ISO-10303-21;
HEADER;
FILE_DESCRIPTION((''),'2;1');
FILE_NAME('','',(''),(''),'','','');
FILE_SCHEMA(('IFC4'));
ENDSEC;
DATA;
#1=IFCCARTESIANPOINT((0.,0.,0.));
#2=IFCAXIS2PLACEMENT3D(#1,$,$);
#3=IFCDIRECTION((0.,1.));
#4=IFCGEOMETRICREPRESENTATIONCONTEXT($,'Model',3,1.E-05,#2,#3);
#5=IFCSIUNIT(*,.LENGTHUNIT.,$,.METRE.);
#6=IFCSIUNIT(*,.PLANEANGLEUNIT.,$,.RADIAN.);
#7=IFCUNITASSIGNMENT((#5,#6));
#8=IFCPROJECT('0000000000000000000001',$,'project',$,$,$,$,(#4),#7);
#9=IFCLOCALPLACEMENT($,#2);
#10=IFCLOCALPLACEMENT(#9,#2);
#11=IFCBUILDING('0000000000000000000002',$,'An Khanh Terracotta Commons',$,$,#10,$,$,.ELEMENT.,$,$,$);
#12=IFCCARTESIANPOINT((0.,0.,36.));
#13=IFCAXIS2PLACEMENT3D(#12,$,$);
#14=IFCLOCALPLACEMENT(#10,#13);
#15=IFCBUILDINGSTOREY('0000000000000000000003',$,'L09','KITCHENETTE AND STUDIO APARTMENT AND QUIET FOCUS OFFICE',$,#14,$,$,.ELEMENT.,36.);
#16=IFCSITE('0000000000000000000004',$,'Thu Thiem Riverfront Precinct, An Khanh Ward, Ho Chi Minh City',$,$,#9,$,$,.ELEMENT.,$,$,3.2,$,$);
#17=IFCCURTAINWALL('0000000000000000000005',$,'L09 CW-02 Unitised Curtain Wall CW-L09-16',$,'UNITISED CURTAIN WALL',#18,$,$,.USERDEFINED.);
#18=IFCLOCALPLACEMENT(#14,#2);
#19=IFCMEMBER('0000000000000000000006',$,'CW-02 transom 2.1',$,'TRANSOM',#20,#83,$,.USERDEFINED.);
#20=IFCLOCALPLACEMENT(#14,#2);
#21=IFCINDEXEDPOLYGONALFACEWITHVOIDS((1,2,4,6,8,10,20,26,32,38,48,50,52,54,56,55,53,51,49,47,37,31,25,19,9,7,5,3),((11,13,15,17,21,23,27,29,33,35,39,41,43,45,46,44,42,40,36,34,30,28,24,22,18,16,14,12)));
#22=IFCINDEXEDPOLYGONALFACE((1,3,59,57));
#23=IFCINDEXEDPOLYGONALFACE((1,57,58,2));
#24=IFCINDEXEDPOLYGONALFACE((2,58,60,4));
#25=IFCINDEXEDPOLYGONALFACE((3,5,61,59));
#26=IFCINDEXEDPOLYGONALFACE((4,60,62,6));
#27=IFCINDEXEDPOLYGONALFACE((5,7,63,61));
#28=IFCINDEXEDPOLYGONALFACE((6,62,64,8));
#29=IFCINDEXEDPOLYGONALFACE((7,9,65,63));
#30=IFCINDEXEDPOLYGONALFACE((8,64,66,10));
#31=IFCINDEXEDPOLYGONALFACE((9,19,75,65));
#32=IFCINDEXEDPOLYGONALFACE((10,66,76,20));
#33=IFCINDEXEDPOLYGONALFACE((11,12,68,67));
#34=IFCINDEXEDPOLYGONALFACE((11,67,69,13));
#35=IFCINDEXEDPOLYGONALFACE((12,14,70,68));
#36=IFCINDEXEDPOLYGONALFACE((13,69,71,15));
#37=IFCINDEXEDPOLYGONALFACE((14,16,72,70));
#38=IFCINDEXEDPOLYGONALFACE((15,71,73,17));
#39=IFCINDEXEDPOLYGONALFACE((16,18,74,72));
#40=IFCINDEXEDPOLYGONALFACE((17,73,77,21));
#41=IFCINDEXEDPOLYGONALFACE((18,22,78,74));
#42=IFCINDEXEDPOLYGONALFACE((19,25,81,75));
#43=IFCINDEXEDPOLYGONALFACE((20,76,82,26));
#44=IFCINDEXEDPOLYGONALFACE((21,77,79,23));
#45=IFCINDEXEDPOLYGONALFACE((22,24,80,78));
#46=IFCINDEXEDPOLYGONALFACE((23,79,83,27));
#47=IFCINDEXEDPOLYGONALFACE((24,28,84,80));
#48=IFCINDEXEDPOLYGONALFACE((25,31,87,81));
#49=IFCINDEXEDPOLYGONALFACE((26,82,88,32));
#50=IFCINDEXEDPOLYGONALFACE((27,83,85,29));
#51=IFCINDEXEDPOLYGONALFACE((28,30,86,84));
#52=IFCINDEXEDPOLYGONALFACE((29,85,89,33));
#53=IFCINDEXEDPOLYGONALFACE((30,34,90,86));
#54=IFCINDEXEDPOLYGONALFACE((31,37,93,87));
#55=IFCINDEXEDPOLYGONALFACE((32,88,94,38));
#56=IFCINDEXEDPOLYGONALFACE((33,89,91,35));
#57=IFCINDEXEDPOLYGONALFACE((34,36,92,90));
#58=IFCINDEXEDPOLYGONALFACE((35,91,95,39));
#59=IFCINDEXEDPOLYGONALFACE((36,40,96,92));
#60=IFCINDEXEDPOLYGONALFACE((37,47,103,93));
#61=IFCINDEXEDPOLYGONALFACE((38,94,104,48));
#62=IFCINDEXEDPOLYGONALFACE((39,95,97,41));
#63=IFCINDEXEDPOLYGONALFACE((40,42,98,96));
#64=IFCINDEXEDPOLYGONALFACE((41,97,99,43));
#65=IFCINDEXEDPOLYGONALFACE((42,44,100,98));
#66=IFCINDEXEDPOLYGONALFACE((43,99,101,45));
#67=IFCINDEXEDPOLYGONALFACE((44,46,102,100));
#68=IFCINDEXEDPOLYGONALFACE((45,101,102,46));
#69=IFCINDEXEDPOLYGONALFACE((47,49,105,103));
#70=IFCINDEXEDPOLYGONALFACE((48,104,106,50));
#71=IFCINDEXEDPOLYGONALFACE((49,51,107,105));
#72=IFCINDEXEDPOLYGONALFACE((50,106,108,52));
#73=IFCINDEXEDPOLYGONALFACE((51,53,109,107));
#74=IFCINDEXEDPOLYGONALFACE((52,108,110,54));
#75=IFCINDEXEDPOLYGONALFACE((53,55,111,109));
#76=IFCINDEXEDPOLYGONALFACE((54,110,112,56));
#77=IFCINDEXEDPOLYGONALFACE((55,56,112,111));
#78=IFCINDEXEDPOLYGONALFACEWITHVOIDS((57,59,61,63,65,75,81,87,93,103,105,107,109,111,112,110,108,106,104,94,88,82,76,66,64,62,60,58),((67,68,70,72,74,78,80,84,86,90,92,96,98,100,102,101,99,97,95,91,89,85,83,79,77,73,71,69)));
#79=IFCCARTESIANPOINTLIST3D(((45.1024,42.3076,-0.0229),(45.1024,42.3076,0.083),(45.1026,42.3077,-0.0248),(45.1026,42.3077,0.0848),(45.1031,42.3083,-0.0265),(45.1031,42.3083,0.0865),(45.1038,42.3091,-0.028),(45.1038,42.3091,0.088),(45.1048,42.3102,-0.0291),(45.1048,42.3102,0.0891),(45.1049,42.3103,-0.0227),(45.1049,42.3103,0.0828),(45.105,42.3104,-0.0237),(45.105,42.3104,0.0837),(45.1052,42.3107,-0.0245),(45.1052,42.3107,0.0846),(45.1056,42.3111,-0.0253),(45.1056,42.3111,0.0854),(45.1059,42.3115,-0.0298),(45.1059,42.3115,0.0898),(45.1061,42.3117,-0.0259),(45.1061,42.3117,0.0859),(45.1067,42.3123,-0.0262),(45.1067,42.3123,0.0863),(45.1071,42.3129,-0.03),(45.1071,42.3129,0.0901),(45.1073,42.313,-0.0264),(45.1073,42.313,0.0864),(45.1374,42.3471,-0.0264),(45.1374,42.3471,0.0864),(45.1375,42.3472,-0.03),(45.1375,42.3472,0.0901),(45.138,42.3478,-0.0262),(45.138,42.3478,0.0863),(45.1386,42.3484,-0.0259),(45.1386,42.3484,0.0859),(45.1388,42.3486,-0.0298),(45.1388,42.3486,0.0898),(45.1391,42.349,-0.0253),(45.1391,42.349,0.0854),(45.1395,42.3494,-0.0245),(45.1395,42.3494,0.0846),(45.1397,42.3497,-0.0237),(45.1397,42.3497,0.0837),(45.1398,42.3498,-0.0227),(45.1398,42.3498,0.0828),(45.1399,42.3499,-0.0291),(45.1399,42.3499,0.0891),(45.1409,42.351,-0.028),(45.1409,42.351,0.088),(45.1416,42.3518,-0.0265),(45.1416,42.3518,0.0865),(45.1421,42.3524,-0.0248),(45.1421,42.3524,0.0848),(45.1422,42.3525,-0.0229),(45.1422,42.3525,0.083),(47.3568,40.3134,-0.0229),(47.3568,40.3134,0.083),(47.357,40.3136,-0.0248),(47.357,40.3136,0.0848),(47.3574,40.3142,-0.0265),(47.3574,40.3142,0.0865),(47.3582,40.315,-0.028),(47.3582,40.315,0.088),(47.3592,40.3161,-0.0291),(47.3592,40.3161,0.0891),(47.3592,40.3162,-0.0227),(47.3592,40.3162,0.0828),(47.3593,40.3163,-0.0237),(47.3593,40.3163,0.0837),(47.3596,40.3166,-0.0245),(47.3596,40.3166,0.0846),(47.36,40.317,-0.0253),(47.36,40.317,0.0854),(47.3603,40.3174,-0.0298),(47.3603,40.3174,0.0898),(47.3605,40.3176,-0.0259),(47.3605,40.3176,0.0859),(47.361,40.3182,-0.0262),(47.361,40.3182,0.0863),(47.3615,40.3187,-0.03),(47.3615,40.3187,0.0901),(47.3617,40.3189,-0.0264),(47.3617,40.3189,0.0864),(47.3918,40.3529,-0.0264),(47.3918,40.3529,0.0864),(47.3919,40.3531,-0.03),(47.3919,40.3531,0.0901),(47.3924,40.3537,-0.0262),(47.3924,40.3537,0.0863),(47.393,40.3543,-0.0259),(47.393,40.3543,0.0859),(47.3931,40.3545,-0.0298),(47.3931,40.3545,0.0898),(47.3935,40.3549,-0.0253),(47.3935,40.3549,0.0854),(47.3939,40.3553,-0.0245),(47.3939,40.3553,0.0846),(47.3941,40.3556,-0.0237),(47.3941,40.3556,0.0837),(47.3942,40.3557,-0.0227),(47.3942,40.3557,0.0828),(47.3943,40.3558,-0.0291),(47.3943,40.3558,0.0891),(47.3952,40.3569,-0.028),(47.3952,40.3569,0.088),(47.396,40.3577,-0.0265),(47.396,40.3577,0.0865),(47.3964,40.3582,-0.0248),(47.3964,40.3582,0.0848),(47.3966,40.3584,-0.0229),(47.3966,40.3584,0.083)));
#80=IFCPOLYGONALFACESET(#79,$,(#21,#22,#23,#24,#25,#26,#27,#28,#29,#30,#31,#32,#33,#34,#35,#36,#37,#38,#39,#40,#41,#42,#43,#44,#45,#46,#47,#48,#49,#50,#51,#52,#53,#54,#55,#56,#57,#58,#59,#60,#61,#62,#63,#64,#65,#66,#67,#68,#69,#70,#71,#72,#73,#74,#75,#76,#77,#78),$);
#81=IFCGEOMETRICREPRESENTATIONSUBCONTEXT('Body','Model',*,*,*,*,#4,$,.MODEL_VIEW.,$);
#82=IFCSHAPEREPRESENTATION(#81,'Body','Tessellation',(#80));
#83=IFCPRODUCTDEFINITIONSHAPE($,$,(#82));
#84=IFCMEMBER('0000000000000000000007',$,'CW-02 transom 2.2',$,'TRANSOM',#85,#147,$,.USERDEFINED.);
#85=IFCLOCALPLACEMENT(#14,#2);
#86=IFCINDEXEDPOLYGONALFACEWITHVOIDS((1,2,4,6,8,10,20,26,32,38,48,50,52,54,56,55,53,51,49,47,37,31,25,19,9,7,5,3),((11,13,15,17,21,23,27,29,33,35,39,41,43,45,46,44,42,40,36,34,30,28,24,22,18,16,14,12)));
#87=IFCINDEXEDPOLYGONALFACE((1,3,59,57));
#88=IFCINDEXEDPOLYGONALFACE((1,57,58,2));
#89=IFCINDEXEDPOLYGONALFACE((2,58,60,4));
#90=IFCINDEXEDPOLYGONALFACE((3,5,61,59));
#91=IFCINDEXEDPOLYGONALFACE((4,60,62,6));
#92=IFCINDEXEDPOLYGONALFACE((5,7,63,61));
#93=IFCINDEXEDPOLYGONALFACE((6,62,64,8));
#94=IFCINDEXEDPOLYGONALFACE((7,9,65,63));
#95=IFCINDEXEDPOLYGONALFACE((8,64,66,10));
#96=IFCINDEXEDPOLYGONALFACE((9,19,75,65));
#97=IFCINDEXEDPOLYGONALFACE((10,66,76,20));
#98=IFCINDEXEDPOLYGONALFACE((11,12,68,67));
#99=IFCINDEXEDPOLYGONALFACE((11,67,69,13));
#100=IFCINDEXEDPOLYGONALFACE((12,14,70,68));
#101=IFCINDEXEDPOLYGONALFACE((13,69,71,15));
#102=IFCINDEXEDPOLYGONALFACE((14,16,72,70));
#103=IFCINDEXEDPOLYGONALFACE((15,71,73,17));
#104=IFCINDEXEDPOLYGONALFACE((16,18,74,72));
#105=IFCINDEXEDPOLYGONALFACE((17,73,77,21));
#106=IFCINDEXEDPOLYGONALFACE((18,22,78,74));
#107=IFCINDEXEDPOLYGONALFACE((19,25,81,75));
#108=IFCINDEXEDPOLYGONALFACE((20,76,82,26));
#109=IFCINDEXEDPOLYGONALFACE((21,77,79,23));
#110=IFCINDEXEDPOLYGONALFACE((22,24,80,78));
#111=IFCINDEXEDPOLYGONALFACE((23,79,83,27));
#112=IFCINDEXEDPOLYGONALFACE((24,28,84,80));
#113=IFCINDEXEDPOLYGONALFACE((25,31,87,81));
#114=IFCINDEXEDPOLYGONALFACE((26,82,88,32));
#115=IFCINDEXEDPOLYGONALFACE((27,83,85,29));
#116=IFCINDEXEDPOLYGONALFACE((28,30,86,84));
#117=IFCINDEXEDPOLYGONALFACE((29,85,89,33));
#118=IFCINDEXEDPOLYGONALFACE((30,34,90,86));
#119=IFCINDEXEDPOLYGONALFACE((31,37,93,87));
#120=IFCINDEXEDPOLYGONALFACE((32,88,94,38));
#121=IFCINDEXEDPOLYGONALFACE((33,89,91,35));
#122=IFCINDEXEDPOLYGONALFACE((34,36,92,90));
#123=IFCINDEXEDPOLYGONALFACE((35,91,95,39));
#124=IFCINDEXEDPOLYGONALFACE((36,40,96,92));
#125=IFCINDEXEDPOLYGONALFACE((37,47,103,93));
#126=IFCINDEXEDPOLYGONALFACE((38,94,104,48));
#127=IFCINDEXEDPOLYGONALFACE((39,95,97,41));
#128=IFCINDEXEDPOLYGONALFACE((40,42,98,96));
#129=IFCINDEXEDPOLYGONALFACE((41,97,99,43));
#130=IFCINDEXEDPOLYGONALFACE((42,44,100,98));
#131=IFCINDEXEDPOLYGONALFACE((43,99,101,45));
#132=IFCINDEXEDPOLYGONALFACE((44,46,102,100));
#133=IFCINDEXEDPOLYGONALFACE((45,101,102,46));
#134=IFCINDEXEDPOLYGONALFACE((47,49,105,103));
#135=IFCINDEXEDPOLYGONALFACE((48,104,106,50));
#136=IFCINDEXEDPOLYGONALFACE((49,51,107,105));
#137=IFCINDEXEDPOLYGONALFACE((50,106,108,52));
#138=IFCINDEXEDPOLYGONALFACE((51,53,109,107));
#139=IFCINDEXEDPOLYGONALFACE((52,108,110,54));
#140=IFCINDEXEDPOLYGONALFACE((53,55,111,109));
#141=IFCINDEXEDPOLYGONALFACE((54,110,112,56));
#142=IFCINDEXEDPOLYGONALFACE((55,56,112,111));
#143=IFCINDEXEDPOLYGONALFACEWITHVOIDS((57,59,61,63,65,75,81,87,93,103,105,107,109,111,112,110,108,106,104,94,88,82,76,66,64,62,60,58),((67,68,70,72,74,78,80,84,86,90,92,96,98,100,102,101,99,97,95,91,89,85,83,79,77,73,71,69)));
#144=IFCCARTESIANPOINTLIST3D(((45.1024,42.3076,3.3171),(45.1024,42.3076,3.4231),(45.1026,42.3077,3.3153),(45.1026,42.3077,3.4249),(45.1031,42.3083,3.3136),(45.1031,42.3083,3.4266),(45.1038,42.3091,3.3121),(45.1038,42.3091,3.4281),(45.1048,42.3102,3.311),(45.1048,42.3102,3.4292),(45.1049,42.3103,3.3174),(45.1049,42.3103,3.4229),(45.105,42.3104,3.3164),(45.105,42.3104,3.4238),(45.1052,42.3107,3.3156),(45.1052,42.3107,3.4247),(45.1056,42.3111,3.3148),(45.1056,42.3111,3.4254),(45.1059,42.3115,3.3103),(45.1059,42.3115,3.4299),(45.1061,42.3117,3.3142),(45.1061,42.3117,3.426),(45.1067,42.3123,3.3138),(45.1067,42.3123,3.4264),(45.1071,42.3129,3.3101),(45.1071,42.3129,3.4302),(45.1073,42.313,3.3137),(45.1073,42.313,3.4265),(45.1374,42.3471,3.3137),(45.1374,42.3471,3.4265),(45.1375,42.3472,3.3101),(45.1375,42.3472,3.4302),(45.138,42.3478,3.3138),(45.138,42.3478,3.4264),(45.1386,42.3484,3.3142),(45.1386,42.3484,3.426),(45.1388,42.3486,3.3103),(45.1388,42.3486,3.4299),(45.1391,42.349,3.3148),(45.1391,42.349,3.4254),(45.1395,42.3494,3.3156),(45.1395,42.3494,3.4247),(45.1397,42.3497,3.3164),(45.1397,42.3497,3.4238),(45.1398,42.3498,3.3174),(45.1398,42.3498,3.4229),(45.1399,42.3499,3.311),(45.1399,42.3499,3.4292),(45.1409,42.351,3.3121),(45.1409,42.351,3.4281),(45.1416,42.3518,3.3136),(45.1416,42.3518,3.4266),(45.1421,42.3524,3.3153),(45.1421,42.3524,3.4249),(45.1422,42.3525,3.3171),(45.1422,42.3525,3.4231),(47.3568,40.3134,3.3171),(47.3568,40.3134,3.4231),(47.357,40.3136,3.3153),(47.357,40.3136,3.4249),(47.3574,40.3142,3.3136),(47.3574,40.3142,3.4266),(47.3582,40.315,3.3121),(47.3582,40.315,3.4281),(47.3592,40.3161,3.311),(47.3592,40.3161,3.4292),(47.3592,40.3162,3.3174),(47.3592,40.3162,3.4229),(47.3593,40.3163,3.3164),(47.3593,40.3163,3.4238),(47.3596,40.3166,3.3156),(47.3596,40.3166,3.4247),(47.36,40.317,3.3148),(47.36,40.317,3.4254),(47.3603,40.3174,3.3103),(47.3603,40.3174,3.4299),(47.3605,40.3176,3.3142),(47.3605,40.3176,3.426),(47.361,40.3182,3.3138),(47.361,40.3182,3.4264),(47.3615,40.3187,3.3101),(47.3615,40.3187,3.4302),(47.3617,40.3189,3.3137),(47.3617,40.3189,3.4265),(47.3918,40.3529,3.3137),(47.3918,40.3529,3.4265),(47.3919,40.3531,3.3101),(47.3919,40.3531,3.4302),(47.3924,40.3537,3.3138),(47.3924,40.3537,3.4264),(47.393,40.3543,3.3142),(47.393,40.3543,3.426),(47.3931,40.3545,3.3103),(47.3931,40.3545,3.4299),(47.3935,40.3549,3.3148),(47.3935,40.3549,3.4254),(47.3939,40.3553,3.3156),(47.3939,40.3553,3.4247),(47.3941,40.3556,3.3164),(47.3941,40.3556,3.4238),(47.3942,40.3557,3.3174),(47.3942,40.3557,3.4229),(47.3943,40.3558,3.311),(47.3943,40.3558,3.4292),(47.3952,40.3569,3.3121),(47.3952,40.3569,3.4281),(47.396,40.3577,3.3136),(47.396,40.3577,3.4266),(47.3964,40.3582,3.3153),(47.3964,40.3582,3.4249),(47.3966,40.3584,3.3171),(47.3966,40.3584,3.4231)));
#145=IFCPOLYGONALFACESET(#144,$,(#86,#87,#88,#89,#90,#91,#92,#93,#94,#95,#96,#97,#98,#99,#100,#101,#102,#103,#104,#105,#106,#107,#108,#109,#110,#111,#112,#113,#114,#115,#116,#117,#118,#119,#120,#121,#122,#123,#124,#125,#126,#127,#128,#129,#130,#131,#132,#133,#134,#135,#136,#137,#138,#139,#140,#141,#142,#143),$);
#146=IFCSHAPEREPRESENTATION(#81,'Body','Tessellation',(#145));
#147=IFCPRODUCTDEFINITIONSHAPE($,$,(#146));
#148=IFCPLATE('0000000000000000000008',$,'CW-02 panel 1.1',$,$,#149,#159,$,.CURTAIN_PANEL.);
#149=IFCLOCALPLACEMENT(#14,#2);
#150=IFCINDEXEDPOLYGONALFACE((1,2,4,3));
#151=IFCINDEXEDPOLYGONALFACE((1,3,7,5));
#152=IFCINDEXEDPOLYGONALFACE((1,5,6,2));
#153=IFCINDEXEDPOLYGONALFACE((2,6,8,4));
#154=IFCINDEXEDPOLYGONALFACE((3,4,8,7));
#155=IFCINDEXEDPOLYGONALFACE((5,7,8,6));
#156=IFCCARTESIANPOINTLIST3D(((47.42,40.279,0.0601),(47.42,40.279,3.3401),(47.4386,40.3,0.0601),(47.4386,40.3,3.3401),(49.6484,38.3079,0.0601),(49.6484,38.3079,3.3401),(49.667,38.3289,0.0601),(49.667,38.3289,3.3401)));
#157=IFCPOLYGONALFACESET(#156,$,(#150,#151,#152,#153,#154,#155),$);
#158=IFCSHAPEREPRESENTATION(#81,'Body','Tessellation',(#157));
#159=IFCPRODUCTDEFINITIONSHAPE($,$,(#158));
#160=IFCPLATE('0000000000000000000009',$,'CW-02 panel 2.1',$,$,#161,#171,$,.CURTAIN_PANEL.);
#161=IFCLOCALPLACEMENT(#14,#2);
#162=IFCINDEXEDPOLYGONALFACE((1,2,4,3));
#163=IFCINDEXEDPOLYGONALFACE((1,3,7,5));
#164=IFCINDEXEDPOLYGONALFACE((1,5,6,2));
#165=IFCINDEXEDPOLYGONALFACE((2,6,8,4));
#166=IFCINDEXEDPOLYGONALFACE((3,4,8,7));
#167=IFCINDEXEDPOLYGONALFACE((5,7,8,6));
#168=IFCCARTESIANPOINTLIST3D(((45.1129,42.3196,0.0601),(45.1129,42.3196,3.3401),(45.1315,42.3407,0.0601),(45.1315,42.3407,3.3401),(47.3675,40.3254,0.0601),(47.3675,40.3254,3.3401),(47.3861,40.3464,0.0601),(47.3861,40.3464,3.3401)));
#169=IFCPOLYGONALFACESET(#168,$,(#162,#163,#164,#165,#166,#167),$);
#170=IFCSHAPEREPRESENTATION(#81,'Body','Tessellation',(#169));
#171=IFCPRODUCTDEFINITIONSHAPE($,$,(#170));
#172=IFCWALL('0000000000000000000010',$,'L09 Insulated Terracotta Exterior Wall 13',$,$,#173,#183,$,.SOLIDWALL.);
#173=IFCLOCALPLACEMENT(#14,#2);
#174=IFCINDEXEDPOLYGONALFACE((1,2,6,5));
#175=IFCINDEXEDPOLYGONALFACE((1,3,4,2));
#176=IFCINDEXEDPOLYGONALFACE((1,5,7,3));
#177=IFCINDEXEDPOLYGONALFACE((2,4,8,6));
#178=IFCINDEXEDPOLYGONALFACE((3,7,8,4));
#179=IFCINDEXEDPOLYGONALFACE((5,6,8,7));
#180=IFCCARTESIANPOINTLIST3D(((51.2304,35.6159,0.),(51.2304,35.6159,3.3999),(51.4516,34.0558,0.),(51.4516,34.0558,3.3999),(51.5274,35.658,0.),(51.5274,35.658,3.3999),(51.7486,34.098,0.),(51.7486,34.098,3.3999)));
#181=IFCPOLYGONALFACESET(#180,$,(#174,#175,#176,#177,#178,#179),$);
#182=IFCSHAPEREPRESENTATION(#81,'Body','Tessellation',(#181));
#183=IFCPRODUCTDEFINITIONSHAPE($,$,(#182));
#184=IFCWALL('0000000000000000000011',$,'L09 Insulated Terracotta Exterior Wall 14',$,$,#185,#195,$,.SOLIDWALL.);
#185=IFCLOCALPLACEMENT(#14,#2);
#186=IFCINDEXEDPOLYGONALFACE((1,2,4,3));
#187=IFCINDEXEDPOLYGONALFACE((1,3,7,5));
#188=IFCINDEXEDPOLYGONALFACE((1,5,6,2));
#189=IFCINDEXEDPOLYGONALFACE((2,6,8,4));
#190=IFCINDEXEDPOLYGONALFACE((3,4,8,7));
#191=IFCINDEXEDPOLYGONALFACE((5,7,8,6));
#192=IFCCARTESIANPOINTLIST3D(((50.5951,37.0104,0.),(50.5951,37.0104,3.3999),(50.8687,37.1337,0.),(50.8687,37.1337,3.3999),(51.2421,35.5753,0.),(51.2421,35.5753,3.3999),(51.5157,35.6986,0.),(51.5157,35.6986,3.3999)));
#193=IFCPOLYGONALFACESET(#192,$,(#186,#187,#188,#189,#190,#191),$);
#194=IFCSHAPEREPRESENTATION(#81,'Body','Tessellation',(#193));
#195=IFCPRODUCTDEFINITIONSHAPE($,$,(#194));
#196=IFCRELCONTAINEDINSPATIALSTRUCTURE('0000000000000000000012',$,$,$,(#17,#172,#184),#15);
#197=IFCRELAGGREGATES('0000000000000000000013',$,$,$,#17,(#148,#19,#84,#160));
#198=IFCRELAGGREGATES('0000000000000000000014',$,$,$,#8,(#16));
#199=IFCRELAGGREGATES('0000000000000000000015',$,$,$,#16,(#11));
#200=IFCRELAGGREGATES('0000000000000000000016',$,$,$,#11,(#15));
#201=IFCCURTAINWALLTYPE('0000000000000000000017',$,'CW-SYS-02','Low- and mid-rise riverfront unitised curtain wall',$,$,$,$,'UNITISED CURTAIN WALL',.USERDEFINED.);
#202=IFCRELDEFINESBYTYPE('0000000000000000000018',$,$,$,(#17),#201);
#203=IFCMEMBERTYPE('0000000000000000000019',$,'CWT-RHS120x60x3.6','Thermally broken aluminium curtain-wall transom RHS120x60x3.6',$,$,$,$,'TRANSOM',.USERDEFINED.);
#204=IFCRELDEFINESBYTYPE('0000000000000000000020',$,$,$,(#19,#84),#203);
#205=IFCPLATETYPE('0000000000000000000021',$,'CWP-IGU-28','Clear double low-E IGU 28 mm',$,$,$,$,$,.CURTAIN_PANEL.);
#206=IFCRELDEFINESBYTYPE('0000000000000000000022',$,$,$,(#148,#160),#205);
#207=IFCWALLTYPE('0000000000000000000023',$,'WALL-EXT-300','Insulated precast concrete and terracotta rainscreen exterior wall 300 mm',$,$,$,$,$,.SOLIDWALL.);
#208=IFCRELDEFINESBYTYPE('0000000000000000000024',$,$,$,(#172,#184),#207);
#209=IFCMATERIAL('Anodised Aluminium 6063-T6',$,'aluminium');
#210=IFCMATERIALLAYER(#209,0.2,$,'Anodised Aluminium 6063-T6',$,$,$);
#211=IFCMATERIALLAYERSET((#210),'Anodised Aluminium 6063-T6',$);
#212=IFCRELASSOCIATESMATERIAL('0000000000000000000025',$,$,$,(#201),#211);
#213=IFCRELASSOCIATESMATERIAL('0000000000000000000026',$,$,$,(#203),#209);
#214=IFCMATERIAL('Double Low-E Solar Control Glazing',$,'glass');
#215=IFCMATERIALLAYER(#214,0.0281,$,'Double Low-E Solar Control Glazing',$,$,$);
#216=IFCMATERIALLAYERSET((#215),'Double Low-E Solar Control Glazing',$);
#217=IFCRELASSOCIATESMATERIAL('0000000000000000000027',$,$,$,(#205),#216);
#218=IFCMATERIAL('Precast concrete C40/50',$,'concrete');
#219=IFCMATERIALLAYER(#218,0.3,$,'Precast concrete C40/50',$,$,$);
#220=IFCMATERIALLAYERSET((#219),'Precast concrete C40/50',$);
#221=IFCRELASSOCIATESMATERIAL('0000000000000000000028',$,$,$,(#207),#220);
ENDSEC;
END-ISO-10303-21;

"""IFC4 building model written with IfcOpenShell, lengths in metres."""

from ifc_helpers import new_model, si_unit, direction, frame, frame_2d, origin, origin_2d, place, context, subcontext, project, spatial, rectangle, hollow_rectangle, extrude, material, layer, layer_set, material_profile, profile_set, type_object, element, aggregate, save


model = new_model("IFC4")

# Units and contexts
model_context = context("Model", 3, precision=1e-05, world=origin(), true_north=direction((0.0, 1.0)))
body_context = subcontext(model_context, "Body", "Model", "MODEL_VIEW")
ifc_project = project(units=[si_unit("LENGTHUNIT", "METRE"), si_unit("PLANEANGLEUNIT", "RADIAN")], contexts=[model_context])

# Site, building, storey
site_placement = place(None, origin())
site = spatial("IfcSite", under=ifc_project, at=site_placement, Name="Thu Thiem Riverfront Precinct, An Khanh Ward, Ho Chi Minh City", CompositionType="ELEMENT", RefElevation=3.2)
building_placement = place(site_placement, origin())
building = spatial("IfcBuilding", under=site, at=building_placement, Name="An Khanh Terracotta Commons", CompositionType="ELEMENT")
storey_placement = place(building_placement, frame((0.0, 0.0, 36.0)))
storey = spatial("IfcBuildingStorey", under=building, at=storey_placement, Name="L09", Description="KITCHENETTE AND STUDIO APARTMENT AND QUIET FOCUS OFFICE", CompositionType="ELEMENT", Elevation=36.0)

# Curtain wall, members, plates
ifc_material_1 = material(Name="Anodised Aluminium 6063-T6", Category="aluminium")
ifc_layer_1 = layer(ifc_material_1, 0.2, Name="Anodised Aluminium 6063-T6")
ifc_layer_set_1 = layer_set([ifc_layer_1], Name="Anodised Aluminium 6063-T6")
curtain_wall_type = type_object("IfcCurtainWallType", Name="CW-SYS-02", Description="Low- and mid-rise riverfront unitised curtain wall", ElementType="UNITISED CURTAIN WALL", PredefinedType="USERDEFINED", material=ifc_layer_set_1)
curtain_wall_placement = place(storey_placement, origin())
curtain_wall = element("IfcCurtainWall", 1, at=curtain_wall_placement, inside=storey, type_object=curtain_wall_type, Name="L09 CW-02 Unitised Curtain Wall CW-L09-16", ObjectType="UNITISED CURTAIN WALL", PredefinedType="USERDEFINED")
ifc_material_profile_1 = material_profile(ifc_material_1, hollow_rectangle(XDim=0.0601, YDim=0.1201, WallThickness=0.0037, InnerFilletRadius=0.0037, OuterFilletRadius=0.0071, at=origin_2d()), Name="RHS120x60x3.6")
ifc_profile_set_1 = profile_set([ifc_material_profile_1], Name="Anodised Aluminium 6063-T6")
member_type_1 = type_object("IfcMemberType", Name="CWT-RHS120x60x3.6", Description="Thermally broken aluminium curtain-wall transom RHS120x60x3.6", ElementType="TRANSOM", PredefinedType="USERDEFINED", material=ifc_profile_set_1)
member_1_placement = place(storey_placement, frame((47.3767, 40.3359, 0.03), z_axis=(-0.749018, 0.662549, 0.0), x_axis=(-0.662549, -0.749018, 0.0)))
member_1 = element("IfcMember", 2, at=member_1_placement, type_object=member_type_1, Name="CW-02 transom 2.1", ObjectType="TRANSOM", PredefinedType="USERDEFINED", context=body_context, shape_type="SweptSolid", body=[
    extrude(hollow_rectangle(XDim=0.0601, YDim=0.1201, WallThickness=0.0037, InnerFilletRadius=0.0037, OuterFilletRadius=0.0071, at=origin_2d()), origin(), (0.0, 0.0, 1.0), 3.0098),
])
member_2_placement = place(storey_placement, frame((47.3767, 40.3359, 3.3701), z_axis=(-0.749018, 0.662549, 0.0), x_axis=(-0.662549, -0.749018, 0.0)))
member_2 = element("IfcMember", 3, at=member_2_placement, type_object=member_type_1, Name="CW-02 transom 2.2", ObjectType="TRANSOM", PredefinedType="USERDEFINED", context=body_context, shape_type="SweptSolid", body=[
    extrude(hollow_rectangle(XDim=0.0601, YDim=0.1201, WallThickness=0.0037, InnerFilletRadius=0.0037, OuterFilletRadius=0.0071, at=origin_2d()), origin(), (0.0, 0.0, 1.0), 3.0098),
])
ifc_material_2 = material(Name="Double Low-E Solar Control Glazing", Category="glass")
ifc_layer_2 = layer(ifc_material_2, 0.0281, Name="Double Low-E Solar Control Glazing")
ifc_layer_set_2 = layer_set([ifc_layer_2], Name="Double Low-E Solar Control Glazing")
plate_type = type_object("IfcPlateType", Name="CWP-IGU-28", Description="Clear double low-E IGU 28 mm", PredefinedType="CURTAIN_PANEL", material=ifc_layer_set_2)
plate_1_placement = place(storey_placement, frame((48.5435, 39.304, 0.0601), z_axis=(0.0, 0.0, 1.0), x_axis=(-0.749019, 0.662548, 0.0)))
plate_1 = element("IfcPlate", 4, at=plate_1_placement, type_object=plate_type, Name="CW-02 panel 1.1", PredefinedType="CURTAIN_PANEL", context=body_context, shape_type="SweptSolid", body=[
    extrude(rectangle(XDim=2.9751, YDim=0.0281, at=origin_2d()), origin(), (0.0, 0.0, 1.0), 3.28),
])
plate_2_placement = place(storey_placement, frame((46.2495, 41.333, 0.0601), z_axis=(0.0, 0.0, 1.0), x_axis=(-0.749019, 0.662548, 0.0)))
plate_2 = element("IfcPlate", 5, at=plate_2_placement, type_object=plate_type, Name="CW-02 panel 2.1", PredefinedType="CURTAIN_PANEL", context=body_context, shape_type="SweptSolid", body=[
    extrude(rectangle(XDim=3.01, YDim=0.0281, at=origin_2d()), origin(), (0.0, 0.0, 1.0), 3.28),
])
aggregate(curtain_wall, [plate_1, member_1, member_2, plate_2])

# Walls
ifc_material_3 = material(Name="Precast concrete C40/50", Category="concrete")
ifc_layer_3 = layer(ifc_material_3, 0.3, Name="Precast concrete C40/50")
ifc_layer_set_3 = layer_set([ifc_layer_3], Name="Precast concrete C40/50")
wall_type_1 = type_object("IfcWallType", Name="WALL-EXT-300", Description="Insulated precast concrete and terracotta rainscreen exterior wall 300 mm", PredefinedType="SOLIDWALL", material=ifc_layer_set_3)
wall_1_placement = place(storey_placement, frame((51.6001, 34.0769, 0.0), z_axis=(0.0, 0.0, 1.0), x_axis=(-0.14038, 0.990098, 0.0)))
element("IfcWall", 6, at=wall_1_placement, inside=storey, type_object=wall_type_1, Name="L09 Insulated Terracotta Exterior Wall 13", PredefinedType="SOLIDWALL", context=body_context, shape_type="SweptSolid", body=[
    extrude(rectangle(XDim=1.5757, YDim=0.3, at=frame_2d((0.7878, 0.0))), origin(), (0.0, 0.0, 1.0), 3.3999),
])
wall_2_placement = place(storey_placement, frame((51.3789, 35.637, 0.0), z_axis=(0.0, 0.0, 1.0), x_axis=(-0.410997, 0.911637, 0.0)))
element("IfcWall", 7, at=wall_2_placement, inside=storey, type_object=wall_type_1, Name="L09 Insulated Terracotta Exterior Wall 14", PredefinedType="SOLIDWALL", context=body_context, shape_type="SweptSolid", body=[
    extrude(rectangle(XDim=1.5742, YDim=0.3, at=frame_2d((0.7871, 0.0))), origin(), (0.0, 0.0, 1.0), 3.3999),
])

save(model, "model.ifc")
